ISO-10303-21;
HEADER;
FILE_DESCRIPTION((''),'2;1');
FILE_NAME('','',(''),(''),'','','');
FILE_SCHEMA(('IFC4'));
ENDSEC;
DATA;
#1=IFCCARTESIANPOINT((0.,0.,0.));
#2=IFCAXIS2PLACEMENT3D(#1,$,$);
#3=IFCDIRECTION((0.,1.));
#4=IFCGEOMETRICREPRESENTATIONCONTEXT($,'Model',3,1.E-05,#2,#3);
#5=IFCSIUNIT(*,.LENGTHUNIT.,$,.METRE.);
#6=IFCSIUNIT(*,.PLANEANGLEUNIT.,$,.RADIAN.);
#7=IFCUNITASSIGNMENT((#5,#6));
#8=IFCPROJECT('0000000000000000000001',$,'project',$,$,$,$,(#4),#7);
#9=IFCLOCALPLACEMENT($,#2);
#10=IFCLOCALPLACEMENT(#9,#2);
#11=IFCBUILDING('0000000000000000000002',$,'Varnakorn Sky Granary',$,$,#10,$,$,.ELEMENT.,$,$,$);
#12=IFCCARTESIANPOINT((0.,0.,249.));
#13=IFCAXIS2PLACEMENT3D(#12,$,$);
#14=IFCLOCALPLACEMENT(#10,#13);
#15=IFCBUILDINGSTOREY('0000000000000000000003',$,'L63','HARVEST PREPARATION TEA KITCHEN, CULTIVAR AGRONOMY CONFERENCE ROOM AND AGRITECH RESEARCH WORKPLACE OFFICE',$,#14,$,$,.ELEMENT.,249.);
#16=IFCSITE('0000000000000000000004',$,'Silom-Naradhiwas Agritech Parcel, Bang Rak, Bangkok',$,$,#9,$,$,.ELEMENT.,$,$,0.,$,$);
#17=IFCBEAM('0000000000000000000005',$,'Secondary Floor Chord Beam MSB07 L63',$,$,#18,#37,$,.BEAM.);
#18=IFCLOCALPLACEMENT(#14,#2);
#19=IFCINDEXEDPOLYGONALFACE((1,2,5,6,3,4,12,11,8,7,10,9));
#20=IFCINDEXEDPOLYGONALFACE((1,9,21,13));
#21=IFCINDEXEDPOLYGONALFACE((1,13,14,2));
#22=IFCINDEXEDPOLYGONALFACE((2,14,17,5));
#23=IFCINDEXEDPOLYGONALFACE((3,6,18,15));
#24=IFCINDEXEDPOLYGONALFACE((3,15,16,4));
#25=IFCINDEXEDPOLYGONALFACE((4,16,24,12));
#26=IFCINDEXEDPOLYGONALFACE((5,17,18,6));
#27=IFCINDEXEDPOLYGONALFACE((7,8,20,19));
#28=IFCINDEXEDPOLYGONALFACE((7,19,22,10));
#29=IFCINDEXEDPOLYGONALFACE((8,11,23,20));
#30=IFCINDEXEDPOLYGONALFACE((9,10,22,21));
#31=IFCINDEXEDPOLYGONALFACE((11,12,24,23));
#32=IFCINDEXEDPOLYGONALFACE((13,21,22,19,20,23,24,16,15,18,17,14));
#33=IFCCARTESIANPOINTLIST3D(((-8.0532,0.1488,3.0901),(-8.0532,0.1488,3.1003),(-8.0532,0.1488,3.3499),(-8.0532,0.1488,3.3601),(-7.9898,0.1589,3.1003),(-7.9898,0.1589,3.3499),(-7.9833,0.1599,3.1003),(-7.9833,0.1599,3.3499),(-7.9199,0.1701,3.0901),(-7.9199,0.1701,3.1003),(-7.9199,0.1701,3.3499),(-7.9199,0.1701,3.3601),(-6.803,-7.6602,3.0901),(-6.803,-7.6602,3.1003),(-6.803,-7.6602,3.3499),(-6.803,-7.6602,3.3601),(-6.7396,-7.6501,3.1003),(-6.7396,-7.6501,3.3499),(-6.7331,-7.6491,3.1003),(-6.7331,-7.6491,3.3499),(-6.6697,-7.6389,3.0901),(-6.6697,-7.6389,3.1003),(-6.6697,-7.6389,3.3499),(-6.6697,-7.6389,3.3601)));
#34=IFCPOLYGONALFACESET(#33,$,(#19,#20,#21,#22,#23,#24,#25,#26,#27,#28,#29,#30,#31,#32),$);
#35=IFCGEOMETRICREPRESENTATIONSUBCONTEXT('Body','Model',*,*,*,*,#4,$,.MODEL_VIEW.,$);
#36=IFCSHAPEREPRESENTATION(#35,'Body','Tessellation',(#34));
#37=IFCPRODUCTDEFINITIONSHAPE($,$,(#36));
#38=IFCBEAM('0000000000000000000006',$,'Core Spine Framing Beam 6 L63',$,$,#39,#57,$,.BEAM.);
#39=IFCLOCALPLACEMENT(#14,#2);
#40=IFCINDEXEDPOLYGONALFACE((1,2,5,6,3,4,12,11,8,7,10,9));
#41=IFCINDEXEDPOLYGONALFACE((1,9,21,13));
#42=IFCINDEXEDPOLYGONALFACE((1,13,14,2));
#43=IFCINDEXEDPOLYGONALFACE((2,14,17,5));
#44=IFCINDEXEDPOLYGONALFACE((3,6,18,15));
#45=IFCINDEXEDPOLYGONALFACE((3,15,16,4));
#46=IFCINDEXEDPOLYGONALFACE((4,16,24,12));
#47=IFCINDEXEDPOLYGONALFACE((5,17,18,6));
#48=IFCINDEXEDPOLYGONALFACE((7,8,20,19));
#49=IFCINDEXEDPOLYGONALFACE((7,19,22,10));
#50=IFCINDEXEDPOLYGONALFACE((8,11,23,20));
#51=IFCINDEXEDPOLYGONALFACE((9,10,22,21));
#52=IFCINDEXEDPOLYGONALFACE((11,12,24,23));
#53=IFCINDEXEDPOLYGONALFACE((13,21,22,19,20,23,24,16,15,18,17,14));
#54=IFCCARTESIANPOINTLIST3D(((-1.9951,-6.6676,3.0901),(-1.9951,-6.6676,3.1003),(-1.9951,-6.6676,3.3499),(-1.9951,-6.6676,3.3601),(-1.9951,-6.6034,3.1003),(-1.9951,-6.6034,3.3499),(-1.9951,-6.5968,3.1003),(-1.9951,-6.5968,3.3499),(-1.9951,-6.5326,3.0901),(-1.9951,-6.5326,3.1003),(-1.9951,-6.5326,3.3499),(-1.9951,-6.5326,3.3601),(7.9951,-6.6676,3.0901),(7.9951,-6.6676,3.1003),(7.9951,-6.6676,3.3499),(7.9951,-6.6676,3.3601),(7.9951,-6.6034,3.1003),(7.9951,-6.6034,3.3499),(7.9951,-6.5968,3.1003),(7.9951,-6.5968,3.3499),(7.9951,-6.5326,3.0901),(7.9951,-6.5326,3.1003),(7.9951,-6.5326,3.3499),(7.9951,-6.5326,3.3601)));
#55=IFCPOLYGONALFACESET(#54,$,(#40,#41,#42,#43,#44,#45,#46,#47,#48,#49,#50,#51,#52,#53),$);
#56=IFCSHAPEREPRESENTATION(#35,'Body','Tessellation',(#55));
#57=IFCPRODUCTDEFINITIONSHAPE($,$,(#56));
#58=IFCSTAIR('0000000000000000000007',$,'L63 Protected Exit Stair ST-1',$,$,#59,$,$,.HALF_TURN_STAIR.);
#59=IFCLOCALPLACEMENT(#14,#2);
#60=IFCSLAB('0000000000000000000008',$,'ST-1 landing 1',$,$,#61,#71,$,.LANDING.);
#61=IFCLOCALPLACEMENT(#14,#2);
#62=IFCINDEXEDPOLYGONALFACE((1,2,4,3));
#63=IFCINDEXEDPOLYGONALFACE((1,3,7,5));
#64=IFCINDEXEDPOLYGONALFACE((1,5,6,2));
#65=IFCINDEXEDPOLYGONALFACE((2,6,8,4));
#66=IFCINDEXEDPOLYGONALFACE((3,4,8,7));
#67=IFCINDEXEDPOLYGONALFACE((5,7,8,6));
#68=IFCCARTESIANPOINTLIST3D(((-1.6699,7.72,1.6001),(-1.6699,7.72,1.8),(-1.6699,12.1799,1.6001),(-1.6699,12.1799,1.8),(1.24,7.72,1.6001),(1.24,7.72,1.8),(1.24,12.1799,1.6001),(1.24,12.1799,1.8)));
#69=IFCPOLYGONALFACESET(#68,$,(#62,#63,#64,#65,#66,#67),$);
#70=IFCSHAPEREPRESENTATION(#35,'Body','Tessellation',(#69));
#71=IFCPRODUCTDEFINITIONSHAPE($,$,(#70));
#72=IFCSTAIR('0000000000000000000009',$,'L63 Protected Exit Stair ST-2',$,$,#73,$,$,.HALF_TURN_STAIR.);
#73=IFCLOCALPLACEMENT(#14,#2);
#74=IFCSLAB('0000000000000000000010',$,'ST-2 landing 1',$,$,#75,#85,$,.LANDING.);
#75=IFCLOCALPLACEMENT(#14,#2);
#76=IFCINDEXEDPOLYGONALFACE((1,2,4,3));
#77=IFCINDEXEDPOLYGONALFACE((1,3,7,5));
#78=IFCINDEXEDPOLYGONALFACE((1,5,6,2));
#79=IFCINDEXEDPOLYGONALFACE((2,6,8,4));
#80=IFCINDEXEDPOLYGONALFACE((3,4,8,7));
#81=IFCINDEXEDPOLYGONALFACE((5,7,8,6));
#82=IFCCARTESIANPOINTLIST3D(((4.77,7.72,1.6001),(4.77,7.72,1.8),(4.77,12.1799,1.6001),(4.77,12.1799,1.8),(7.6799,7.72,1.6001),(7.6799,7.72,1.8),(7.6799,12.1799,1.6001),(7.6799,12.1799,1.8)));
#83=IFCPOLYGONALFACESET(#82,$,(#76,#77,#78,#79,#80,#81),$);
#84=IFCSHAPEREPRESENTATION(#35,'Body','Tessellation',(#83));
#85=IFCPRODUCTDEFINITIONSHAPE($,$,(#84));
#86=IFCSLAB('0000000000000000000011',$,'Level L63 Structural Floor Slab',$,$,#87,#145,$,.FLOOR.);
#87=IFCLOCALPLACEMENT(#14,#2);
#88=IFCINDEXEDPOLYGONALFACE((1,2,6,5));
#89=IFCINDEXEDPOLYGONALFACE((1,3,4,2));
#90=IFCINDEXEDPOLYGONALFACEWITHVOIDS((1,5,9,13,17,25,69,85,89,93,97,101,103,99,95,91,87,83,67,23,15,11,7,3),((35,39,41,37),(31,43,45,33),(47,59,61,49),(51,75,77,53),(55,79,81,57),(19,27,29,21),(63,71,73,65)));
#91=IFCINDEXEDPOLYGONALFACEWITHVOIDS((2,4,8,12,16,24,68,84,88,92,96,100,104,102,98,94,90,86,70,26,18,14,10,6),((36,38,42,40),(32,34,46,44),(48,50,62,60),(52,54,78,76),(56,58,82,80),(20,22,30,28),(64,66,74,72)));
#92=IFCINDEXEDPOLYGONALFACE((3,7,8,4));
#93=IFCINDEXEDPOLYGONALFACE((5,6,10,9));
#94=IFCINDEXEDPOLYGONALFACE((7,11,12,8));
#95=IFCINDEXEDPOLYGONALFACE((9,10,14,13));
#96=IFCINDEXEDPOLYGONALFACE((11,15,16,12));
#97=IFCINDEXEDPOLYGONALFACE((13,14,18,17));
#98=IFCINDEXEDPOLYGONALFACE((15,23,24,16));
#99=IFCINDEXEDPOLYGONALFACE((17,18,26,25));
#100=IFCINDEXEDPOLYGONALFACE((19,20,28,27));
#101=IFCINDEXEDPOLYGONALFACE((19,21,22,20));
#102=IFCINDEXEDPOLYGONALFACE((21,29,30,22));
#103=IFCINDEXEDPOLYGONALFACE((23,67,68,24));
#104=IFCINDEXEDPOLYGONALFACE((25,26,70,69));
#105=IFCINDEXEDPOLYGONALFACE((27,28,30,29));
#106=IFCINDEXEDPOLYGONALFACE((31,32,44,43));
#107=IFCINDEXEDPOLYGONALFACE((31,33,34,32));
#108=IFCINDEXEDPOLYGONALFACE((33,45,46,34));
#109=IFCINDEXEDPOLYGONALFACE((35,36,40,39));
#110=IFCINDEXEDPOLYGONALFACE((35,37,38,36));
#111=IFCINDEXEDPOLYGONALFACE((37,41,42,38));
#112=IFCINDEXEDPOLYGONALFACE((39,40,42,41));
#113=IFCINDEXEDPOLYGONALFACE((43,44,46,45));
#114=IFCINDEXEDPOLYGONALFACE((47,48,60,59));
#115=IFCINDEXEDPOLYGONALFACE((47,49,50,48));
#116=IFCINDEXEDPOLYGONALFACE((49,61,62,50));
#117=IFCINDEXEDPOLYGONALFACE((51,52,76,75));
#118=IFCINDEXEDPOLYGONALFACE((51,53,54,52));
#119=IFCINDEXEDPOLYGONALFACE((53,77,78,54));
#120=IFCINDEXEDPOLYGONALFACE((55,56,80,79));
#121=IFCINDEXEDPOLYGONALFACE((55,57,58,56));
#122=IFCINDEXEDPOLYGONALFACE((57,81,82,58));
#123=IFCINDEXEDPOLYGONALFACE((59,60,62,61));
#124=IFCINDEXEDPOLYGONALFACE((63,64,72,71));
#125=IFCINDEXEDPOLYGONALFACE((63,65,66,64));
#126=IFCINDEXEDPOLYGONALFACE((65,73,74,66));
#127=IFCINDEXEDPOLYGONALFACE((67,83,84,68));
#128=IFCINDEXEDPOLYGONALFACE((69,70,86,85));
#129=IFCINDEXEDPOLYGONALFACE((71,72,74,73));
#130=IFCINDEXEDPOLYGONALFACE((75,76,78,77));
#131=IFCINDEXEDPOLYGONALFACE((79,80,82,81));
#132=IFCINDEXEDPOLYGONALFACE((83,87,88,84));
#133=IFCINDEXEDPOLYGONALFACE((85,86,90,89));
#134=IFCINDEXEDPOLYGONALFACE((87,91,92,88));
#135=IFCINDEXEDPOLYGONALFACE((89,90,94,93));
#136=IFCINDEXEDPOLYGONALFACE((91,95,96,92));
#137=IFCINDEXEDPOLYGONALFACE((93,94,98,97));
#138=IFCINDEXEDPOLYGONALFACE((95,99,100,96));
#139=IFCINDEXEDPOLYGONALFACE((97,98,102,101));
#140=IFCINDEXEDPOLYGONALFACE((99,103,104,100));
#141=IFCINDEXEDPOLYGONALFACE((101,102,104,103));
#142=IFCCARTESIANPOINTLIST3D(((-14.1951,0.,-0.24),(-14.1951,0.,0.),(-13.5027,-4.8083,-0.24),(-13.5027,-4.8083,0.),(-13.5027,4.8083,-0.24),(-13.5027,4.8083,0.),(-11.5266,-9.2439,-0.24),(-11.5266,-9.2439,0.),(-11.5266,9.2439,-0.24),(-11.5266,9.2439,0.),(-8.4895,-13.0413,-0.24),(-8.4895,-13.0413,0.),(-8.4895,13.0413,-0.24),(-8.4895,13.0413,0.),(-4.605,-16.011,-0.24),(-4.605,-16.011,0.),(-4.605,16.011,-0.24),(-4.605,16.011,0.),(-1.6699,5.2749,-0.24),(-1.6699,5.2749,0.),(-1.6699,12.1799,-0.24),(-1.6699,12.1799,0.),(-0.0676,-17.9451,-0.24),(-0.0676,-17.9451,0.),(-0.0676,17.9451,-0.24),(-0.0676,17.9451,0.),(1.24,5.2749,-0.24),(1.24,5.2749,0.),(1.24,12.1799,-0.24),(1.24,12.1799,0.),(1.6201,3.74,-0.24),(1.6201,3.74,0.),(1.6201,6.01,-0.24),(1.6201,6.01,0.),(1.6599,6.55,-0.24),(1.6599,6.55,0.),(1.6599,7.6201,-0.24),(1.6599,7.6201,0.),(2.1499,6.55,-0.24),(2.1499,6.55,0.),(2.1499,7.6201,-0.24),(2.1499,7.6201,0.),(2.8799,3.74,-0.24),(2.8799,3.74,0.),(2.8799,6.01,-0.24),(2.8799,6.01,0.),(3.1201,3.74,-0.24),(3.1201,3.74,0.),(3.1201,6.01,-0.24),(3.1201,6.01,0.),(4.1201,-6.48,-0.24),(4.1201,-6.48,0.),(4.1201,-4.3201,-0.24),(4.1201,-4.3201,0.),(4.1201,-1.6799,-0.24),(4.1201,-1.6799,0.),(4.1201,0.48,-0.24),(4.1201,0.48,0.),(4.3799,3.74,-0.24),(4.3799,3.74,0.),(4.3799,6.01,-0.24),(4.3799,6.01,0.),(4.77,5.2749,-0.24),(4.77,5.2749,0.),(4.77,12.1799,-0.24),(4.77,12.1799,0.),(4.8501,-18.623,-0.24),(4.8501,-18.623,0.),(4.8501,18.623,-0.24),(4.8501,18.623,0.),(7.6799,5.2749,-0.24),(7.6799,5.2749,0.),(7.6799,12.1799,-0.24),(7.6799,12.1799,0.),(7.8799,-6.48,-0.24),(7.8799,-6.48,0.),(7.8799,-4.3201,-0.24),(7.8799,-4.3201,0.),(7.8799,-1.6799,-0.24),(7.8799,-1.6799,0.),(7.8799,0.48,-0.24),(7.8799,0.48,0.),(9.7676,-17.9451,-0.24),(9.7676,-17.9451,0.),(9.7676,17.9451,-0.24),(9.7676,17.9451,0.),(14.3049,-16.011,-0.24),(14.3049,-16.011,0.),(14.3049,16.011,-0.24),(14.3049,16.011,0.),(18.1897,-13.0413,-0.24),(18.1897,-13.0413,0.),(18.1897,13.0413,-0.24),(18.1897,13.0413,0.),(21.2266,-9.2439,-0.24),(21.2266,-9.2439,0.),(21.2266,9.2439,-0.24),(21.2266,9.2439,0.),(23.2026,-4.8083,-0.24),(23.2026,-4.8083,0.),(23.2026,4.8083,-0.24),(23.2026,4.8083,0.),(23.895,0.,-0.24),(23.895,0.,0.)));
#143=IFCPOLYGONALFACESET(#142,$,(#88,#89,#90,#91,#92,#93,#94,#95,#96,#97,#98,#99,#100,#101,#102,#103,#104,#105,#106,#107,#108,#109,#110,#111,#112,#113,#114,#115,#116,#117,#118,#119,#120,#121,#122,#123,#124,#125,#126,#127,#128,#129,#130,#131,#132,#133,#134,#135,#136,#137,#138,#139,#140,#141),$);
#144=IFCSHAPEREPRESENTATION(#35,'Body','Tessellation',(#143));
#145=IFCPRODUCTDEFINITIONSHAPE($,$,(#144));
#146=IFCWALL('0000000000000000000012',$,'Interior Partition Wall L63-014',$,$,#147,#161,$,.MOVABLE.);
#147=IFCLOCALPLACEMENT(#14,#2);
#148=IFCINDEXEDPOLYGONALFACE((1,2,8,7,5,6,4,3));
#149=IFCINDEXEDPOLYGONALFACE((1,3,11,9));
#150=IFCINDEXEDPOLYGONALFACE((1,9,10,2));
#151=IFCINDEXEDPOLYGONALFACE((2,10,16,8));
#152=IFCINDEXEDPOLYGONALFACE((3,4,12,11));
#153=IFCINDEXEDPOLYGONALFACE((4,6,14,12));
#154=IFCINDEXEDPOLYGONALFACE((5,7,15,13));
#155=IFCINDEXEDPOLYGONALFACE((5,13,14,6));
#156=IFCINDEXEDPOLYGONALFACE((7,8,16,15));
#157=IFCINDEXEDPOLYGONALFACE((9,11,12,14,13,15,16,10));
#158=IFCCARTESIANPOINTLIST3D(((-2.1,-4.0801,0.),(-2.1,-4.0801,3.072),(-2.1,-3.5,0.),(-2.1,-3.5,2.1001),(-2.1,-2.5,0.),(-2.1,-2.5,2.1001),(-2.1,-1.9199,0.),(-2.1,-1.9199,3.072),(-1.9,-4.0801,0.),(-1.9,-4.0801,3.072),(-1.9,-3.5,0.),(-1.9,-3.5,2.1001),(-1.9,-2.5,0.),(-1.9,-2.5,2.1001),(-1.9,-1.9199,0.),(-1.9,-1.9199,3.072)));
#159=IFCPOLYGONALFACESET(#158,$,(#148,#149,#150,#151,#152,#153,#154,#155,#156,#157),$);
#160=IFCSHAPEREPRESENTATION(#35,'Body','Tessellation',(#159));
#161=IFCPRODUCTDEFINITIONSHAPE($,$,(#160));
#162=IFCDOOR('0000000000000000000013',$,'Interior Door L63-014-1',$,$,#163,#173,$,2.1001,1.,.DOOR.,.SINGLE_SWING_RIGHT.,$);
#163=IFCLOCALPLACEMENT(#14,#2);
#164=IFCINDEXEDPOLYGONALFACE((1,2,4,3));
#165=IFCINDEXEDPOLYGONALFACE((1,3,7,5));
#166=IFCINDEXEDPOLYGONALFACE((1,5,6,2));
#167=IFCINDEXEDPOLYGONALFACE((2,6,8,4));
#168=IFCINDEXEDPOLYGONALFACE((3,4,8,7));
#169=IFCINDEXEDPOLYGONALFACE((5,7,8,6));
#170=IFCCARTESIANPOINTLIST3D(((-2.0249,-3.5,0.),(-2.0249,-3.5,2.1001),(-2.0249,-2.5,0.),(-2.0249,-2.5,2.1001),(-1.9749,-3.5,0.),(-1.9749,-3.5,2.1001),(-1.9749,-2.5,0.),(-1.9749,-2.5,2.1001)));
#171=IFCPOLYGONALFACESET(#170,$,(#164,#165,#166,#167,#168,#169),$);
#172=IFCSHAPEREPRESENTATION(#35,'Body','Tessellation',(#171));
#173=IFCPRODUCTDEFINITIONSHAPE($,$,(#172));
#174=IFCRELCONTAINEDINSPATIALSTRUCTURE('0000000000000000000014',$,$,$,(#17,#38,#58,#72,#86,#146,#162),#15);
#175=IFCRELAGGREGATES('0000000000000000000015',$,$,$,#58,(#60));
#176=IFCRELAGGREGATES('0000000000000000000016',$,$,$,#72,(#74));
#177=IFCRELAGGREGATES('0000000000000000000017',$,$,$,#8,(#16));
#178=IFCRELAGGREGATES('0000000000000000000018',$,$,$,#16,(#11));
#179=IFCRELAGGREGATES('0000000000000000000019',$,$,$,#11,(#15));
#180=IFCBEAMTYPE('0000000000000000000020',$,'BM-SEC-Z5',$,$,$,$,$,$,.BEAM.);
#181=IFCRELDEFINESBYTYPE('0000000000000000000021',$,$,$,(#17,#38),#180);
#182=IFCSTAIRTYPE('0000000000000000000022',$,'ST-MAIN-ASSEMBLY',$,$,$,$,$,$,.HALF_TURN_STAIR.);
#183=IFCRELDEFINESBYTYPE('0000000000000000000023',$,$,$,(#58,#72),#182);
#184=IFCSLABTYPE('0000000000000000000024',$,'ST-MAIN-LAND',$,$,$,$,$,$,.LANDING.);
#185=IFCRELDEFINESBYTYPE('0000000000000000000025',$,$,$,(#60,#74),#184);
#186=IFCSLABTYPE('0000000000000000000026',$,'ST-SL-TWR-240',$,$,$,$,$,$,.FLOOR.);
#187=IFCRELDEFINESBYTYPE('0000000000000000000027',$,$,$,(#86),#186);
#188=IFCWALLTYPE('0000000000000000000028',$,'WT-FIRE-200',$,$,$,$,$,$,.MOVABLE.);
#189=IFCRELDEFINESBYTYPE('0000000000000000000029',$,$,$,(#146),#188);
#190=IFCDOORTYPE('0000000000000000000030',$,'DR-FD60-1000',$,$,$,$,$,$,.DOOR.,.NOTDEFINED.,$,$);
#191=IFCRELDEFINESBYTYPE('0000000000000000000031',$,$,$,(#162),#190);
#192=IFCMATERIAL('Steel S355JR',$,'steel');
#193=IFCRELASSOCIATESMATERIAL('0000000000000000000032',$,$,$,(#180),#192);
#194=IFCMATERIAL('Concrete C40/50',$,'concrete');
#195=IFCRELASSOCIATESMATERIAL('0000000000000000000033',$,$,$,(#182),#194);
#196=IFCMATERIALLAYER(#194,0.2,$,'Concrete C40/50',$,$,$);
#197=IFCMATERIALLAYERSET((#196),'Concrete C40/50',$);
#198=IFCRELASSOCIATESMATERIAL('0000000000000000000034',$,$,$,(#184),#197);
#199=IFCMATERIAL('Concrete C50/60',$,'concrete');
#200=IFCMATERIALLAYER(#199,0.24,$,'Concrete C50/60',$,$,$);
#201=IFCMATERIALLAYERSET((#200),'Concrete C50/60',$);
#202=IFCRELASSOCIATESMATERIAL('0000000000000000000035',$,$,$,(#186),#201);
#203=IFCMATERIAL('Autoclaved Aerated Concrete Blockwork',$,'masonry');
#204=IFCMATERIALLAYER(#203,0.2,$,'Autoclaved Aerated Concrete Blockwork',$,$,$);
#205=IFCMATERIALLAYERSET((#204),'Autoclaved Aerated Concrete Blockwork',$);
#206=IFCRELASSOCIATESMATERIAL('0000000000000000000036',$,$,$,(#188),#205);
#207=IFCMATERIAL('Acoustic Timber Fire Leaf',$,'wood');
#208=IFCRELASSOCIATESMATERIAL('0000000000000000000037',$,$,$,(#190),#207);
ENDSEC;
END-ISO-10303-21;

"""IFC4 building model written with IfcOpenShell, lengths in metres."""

from ifc_helpers import new_model, si_unit, direction, frame, frame_2d, origin, origin_2d, place, context, subcontext, project, spatial, polyline, rectangle, i_section, outline, extrude, material, layer, layer_set, material_profile, profile_set, type_object, element, fill, aggregate, save


model = new_model("IFC4")

# Units and contexts
model_context = context("Model", 3, precision=1e-05, world=origin(), true_north=direction((0.0, 1.0)))
body_context = subcontext(model_context, "Body", "Model", "MODEL_VIEW")
ifc_project = project(units=[si_unit("LENGTHUNIT", "METRE"), si_unit("PLANEANGLEUNIT", "RADIAN")], contexts=[model_context])

# Site, building, storey
site_placement = place(None, origin())
site = spatial("IfcSite", under=ifc_project, at=site_placement, Name="Silom-Naradhiwas Agritech Parcel, Bang Rak, Bangkok", CompositionType="ELEMENT", RefElevation=0.0)
building_placement = place(site_placement, origin())
building = spatial("IfcBuilding", under=site, at=building_placement, Name="Varnakorn Sky Granary", CompositionType="ELEMENT")
storey_placement = place(building_placement, frame((0.0, 0.0, 249.0)))
storey = spatial("IfcBuildingStorey", under=building, at=storey_placement, Name="L63", Description="HARVEST PREPARATION TEA KITCHEN, CULTIVAR AGRONOMY CONFERENCE ROOM AND AGRITECH RESEARCH WORKPLACE OFFICE", CompositionType="ELEMENT", Elevation=249.0)

# Beams
ifc_material_1 = material(Name="Steel S355JR", Category="steel")
ifc_material_profile = material_profile(ifc_material_1, i_section(OverallWidth=0.135, OverallDepth=0.27, WebThickness=0.0066, FlangeThickness=0.0103, at=origin_2d()), Name="IPE 270")
ifc_profile_set = profile_set([ifc_material_profile], Name="Steel S355JR")
beam_type = type_object("IfcBeamType", Name="BM-SEC-Z5", PredefinedType="BEAM", material=ifc_profile_set)
beam_1_placement = place(storey_placement, frame((-7.9866, 0.1594, 3.2251), z_axis=(0.158088, -0.987425, 0.0), x_axis=(0.987425, 0.158088, 0.0)))
element("IfcBeam", 1, at=beam_1_placement, inside=storey, type_object=beam_type, Name="Secondary Floor Chord Beam MSB07 L63", PredefinedType="BEAM", context=body_context, shape_type="SweptSolid", body=[
    extrude(i_section(OverallWidth=0.135, OverallDepth=0.27, WebThickness=0.0066, FlangeThickness=0.0103, at=origin_2d()), origin(), (0.0, 0.0, 1.0), 7.9084),
])
beam_2_placement = place(storey_placement, frame((-1.9951, -6.6001, 3.2251), z_axis=(1.0, 0.0, 0.0), x_axis=(0.0, 1.0, 0.0)))
element("IfcBeam", 2, at=beam_2_placement, inside=storey, type_object=beam_type, Name="Core Spine Framing Beam 6 L63", PredefinedType="BEAM", context=body_context, shape_type="SweptSolid", body=[
    extrude(i_section(OverallWidth=0.135, OverallDepth=0.27, WebThickness=0.0066, FlangeThickness=0.0103, at=origin_2d()), origin(), (0.0, 0.0, 1.0), 9.9902),
])

# Stairs, slabs
ifc_material_2 = material(Name="Concrete C40/50", Category="concrete")
stair_type = type_object("IfcStairType", Name="ST-MAIN-ASSEMBLY", PredefinedType="HALF_TURN_STAIR", material=ifc_material_2)
stair_1_placement = place(storey_placement, origin())
stair_1 = element("IfcStair", 3, at=stair_1_placement, inside=storey, type_object=stair_type, Name="L63 Protected Exit Stair ST-1", PredefinedType="HALF_TURN_STAIR")
ifc_layer_1 = layer(ifc_material_2, 0.2, Name="Concrete C40/50")
ifc_layer_set_1 = layer_set([ifc_layer_1], Name="Concrete C40/50")
slab_type_1 = type_object("IfcSlabType", Name="ST-MAIN-LAND", PredefinedType="LANDING", material=ifc_layer_set_1)
slab_1_placement = place(storey_placement, frame((0.0, 0.0, 1.6001)))
slab_1 = element("IfcSlab", 4, at=slab_1_placement, type_object=slab_type_1, Name="ST-1 landing 1", PredefinedType="LANDING", context=body_context, shape_type="SweptSolid", body=[
    extrude(outline(polyline([(1.24, 7.72), (1.24, 12.1799), (-1.6699, 12.1799), (-1.6699, 7.72), (1.24, 7.72)])), origin(), (0.0, 0.0, 1.0), 0.2),
])
aggregate(stair_1, [slab_1])
stair_2_placement = place(storey_placement, origin())
stair_2 = element("IfcStair", 5, at=stair_2_placement, inside=storey, type_object=stair_type, Name="L63 Protected Exit Stair ST-2", PredefinedType="HALF_TURN_STAIR")
slab_2_placement = place(storey_placement, frame((0.0, 0.0, 1.6001)))
slab_2 = element("IfcSlab", 6, at=slab_2_placement, type_object=slab_type_1, Name="ST-2 landing 1", PredefinedType="LANDING", context=body_context, shape_type="SweptSolid", body=[
    extrude(outline(polyline([(7.6799, 7.72), (7.6799, 12.1799), (4.77, 12.1799), (4.77, 7.72), (7.6799, 7.72)])), origin(), (0.0, 0.0, 1.0), 0.2),
])
aggregate(stair_2, [slab_2])

# Slab
ifc_material_3 = material(Name="Concrete C50/60", Category="concrete")
ifc_layer_2 = layer(ifc_material_3, 0.24, Name="Concrete C50/60")
ifc_layer_set_2 = layer_set([ifc_layer_2], Name="Concrete C50/60")
slab_type_2 = type_object("IfcSlabType", Name="ST-SL-TWR-240", PredefinedType="FLOOR", material=ifc_layer_set_2)
slab_3_placement = place(storey_placement, frame((0.0, 0.0, -0.24)))
element("IfcSlab", 7, at=slab_3_placement, inside=storey, type_object=slab_type_2, Name="Level L63 Structural Floor Slab", PredefinedType="FLOOR", context=body_context, shape_type="SweptSolid", body=[
    extrude(outline(polyline([(23.895, 0.0), (23.2026, 4.8083), (21.2266, 9.2439), (18.1897, 13.0413), (14.3049, 16.011), (9.7676, 17.9451), (4.8501, 18.623), (-0.0676, 17.9451), (-4.605, 16.011), (-8.4895, 13.0413), (-11.5266, 9.2439), (-13.5027, 4.8083), (-14.1951, 0.0), (-13.5027, -4.8083), (-11.5266, -9.2439), (-8.4895, -13.0413), (-4.605, -16.011), (-0.0676, -17.9451), (4.8501, -18.623), (9.7676, -17.9451), (14.3049, -16.011), (18.1897, -13.0413), (21.2266, -9.2439), (23.2026, -4.8083), (23.895, 0.0)]), holes=[polyline([(1.24, 5.2749), (1.24, 12.1799), (-1.6699, 12.1799), (-1.6699, 5.2749), (1.24, 5.2749)]), polyline([(7.6799, 5.2749), (7.6799, 12.1799), (4.77, 12.1799), (4.77, 5.2749), (7.6799, 5.2749)]), polyline([(1.6599, 6.55), (2.1499, 6.55), (2.1499, 7.6201), (1.6599, 7.6201), (1.6599, 6.55)]), polyline([(1.6201, 3.74), (2.8799, 3.74), (2.8799, 6.01), (1.6201, 6.01), (1.6201, 3.74)]), polyline([(3.1201, 3.74), (4.3799, 3.74), (4.3799, 6.01), (3.1201, 6.01), (3.1201, 3.74)]), polyline([(4.1201, -1.6799), (7.8799, -1.6799), (7.8799, 0.48), (4.1201, 0.48), (4.1201, -1.6799)]), polyline([(4.1201, -6.48), (7.8799, -6.48), (7.8799, -4.3201), (4.1201, -4.3201), (4.1201, -6.48)])]), origin(), (0.0, 0.0, 1.0), 0.24),
])

# Wall, opening, door
ifc_material_4 = material(Name="Autoclaved Aerated Concrete Blockwork", Category="masonry")
ifc_layer_3 = layer(ifc_material_4, 0.2, Name="Autoclaved Aerated Concrete Blockwork")
ifc_layer_set_3 = layer_set([ifc_layer_3], Name="Autoclaved Aerated Concrete Blockwork")
wall_type_1 = type_object("IfcWallType", Name="WT-FIRE-200", PredefinedType="MOVABLE", material=ifc_layer_set_3)
wall_1_placement = place(storey_placement, frame((-2.0, -4.0801, 0.0), z_axis=(0.0, 0.0, 1.0), x_axis=(0.0, 1.0, 0.0)))
wall_1 = element("IfcWall", 8, at=wall_1_placement, inside=storey, type_object=wall_type_1, Name="Interior Partition Wall L63-014", PredefinedType="MOVABLE", context=body_context, shape_type="SweptSolid", body=[
    extrude(rectangle(XDim=2.1602, YDim=0.2, at=frame_2d((1.0801, 0.0))), origin(), (0.0, 0.0, 1.0), 3.072),
])
opening_1_placement = place(wall_1_placement, frame((0.5801, 0.0, 0.0)))
opening_1 = element("IfcOpeningElement", 9, at=opening_1_placement, cuts=wall_1, PredefinedType="OPENING", context=body_context, shape_type="SweptSolid", body=[
    extrude(rectangle(XDim=1.0, YDim=2.1001, at=frame_2d((0.5, 1.05))), frame((0.0, 0.1099, 0.0), z_axis=(0.0, -1.0, 0.0), x_axis=(1.0, 0.0, 0.0)), (0.0, 0.0, 1.0), 0.22),
])
ifc_material_5 = material(Name="Acoustic Timber Fire Leaf", Category="wood")
door_type_1 = type_object("IfcDoorType", Name="DR-FD60-1000", OperationType="NOTDEFINED", PredefinedType="DOOR", material=ifc_material_5)
door_1_placement = place(opening_1_placement, origin())
door_1 = element("IfcDoor", 10, at=door_1_placement, inside=storey, type_object=door_type_1, Name="Interior Door L63-014-1", OperationType="SINGLE_SWING_RIGHT", OverallHeight=2.1001, OverallWidth=1.0, PredefinedType="DOOR", context=body_context, shape_type="SweptSolid", body=[
    extrude(rectangle(XDim=1.0, YDim=2.1001, at=frame_2d((0.5, 1.05))), frame((0.0, 0.0249, 0.0), z_axis=(0.0, -1.0, 0.0), x_axis=(1.0, 0.0, 0.0)), (0.0, 0.0, 1.0), 0.05),
])
fill(opening_1, door_1)

save(model, "model.ifc")
